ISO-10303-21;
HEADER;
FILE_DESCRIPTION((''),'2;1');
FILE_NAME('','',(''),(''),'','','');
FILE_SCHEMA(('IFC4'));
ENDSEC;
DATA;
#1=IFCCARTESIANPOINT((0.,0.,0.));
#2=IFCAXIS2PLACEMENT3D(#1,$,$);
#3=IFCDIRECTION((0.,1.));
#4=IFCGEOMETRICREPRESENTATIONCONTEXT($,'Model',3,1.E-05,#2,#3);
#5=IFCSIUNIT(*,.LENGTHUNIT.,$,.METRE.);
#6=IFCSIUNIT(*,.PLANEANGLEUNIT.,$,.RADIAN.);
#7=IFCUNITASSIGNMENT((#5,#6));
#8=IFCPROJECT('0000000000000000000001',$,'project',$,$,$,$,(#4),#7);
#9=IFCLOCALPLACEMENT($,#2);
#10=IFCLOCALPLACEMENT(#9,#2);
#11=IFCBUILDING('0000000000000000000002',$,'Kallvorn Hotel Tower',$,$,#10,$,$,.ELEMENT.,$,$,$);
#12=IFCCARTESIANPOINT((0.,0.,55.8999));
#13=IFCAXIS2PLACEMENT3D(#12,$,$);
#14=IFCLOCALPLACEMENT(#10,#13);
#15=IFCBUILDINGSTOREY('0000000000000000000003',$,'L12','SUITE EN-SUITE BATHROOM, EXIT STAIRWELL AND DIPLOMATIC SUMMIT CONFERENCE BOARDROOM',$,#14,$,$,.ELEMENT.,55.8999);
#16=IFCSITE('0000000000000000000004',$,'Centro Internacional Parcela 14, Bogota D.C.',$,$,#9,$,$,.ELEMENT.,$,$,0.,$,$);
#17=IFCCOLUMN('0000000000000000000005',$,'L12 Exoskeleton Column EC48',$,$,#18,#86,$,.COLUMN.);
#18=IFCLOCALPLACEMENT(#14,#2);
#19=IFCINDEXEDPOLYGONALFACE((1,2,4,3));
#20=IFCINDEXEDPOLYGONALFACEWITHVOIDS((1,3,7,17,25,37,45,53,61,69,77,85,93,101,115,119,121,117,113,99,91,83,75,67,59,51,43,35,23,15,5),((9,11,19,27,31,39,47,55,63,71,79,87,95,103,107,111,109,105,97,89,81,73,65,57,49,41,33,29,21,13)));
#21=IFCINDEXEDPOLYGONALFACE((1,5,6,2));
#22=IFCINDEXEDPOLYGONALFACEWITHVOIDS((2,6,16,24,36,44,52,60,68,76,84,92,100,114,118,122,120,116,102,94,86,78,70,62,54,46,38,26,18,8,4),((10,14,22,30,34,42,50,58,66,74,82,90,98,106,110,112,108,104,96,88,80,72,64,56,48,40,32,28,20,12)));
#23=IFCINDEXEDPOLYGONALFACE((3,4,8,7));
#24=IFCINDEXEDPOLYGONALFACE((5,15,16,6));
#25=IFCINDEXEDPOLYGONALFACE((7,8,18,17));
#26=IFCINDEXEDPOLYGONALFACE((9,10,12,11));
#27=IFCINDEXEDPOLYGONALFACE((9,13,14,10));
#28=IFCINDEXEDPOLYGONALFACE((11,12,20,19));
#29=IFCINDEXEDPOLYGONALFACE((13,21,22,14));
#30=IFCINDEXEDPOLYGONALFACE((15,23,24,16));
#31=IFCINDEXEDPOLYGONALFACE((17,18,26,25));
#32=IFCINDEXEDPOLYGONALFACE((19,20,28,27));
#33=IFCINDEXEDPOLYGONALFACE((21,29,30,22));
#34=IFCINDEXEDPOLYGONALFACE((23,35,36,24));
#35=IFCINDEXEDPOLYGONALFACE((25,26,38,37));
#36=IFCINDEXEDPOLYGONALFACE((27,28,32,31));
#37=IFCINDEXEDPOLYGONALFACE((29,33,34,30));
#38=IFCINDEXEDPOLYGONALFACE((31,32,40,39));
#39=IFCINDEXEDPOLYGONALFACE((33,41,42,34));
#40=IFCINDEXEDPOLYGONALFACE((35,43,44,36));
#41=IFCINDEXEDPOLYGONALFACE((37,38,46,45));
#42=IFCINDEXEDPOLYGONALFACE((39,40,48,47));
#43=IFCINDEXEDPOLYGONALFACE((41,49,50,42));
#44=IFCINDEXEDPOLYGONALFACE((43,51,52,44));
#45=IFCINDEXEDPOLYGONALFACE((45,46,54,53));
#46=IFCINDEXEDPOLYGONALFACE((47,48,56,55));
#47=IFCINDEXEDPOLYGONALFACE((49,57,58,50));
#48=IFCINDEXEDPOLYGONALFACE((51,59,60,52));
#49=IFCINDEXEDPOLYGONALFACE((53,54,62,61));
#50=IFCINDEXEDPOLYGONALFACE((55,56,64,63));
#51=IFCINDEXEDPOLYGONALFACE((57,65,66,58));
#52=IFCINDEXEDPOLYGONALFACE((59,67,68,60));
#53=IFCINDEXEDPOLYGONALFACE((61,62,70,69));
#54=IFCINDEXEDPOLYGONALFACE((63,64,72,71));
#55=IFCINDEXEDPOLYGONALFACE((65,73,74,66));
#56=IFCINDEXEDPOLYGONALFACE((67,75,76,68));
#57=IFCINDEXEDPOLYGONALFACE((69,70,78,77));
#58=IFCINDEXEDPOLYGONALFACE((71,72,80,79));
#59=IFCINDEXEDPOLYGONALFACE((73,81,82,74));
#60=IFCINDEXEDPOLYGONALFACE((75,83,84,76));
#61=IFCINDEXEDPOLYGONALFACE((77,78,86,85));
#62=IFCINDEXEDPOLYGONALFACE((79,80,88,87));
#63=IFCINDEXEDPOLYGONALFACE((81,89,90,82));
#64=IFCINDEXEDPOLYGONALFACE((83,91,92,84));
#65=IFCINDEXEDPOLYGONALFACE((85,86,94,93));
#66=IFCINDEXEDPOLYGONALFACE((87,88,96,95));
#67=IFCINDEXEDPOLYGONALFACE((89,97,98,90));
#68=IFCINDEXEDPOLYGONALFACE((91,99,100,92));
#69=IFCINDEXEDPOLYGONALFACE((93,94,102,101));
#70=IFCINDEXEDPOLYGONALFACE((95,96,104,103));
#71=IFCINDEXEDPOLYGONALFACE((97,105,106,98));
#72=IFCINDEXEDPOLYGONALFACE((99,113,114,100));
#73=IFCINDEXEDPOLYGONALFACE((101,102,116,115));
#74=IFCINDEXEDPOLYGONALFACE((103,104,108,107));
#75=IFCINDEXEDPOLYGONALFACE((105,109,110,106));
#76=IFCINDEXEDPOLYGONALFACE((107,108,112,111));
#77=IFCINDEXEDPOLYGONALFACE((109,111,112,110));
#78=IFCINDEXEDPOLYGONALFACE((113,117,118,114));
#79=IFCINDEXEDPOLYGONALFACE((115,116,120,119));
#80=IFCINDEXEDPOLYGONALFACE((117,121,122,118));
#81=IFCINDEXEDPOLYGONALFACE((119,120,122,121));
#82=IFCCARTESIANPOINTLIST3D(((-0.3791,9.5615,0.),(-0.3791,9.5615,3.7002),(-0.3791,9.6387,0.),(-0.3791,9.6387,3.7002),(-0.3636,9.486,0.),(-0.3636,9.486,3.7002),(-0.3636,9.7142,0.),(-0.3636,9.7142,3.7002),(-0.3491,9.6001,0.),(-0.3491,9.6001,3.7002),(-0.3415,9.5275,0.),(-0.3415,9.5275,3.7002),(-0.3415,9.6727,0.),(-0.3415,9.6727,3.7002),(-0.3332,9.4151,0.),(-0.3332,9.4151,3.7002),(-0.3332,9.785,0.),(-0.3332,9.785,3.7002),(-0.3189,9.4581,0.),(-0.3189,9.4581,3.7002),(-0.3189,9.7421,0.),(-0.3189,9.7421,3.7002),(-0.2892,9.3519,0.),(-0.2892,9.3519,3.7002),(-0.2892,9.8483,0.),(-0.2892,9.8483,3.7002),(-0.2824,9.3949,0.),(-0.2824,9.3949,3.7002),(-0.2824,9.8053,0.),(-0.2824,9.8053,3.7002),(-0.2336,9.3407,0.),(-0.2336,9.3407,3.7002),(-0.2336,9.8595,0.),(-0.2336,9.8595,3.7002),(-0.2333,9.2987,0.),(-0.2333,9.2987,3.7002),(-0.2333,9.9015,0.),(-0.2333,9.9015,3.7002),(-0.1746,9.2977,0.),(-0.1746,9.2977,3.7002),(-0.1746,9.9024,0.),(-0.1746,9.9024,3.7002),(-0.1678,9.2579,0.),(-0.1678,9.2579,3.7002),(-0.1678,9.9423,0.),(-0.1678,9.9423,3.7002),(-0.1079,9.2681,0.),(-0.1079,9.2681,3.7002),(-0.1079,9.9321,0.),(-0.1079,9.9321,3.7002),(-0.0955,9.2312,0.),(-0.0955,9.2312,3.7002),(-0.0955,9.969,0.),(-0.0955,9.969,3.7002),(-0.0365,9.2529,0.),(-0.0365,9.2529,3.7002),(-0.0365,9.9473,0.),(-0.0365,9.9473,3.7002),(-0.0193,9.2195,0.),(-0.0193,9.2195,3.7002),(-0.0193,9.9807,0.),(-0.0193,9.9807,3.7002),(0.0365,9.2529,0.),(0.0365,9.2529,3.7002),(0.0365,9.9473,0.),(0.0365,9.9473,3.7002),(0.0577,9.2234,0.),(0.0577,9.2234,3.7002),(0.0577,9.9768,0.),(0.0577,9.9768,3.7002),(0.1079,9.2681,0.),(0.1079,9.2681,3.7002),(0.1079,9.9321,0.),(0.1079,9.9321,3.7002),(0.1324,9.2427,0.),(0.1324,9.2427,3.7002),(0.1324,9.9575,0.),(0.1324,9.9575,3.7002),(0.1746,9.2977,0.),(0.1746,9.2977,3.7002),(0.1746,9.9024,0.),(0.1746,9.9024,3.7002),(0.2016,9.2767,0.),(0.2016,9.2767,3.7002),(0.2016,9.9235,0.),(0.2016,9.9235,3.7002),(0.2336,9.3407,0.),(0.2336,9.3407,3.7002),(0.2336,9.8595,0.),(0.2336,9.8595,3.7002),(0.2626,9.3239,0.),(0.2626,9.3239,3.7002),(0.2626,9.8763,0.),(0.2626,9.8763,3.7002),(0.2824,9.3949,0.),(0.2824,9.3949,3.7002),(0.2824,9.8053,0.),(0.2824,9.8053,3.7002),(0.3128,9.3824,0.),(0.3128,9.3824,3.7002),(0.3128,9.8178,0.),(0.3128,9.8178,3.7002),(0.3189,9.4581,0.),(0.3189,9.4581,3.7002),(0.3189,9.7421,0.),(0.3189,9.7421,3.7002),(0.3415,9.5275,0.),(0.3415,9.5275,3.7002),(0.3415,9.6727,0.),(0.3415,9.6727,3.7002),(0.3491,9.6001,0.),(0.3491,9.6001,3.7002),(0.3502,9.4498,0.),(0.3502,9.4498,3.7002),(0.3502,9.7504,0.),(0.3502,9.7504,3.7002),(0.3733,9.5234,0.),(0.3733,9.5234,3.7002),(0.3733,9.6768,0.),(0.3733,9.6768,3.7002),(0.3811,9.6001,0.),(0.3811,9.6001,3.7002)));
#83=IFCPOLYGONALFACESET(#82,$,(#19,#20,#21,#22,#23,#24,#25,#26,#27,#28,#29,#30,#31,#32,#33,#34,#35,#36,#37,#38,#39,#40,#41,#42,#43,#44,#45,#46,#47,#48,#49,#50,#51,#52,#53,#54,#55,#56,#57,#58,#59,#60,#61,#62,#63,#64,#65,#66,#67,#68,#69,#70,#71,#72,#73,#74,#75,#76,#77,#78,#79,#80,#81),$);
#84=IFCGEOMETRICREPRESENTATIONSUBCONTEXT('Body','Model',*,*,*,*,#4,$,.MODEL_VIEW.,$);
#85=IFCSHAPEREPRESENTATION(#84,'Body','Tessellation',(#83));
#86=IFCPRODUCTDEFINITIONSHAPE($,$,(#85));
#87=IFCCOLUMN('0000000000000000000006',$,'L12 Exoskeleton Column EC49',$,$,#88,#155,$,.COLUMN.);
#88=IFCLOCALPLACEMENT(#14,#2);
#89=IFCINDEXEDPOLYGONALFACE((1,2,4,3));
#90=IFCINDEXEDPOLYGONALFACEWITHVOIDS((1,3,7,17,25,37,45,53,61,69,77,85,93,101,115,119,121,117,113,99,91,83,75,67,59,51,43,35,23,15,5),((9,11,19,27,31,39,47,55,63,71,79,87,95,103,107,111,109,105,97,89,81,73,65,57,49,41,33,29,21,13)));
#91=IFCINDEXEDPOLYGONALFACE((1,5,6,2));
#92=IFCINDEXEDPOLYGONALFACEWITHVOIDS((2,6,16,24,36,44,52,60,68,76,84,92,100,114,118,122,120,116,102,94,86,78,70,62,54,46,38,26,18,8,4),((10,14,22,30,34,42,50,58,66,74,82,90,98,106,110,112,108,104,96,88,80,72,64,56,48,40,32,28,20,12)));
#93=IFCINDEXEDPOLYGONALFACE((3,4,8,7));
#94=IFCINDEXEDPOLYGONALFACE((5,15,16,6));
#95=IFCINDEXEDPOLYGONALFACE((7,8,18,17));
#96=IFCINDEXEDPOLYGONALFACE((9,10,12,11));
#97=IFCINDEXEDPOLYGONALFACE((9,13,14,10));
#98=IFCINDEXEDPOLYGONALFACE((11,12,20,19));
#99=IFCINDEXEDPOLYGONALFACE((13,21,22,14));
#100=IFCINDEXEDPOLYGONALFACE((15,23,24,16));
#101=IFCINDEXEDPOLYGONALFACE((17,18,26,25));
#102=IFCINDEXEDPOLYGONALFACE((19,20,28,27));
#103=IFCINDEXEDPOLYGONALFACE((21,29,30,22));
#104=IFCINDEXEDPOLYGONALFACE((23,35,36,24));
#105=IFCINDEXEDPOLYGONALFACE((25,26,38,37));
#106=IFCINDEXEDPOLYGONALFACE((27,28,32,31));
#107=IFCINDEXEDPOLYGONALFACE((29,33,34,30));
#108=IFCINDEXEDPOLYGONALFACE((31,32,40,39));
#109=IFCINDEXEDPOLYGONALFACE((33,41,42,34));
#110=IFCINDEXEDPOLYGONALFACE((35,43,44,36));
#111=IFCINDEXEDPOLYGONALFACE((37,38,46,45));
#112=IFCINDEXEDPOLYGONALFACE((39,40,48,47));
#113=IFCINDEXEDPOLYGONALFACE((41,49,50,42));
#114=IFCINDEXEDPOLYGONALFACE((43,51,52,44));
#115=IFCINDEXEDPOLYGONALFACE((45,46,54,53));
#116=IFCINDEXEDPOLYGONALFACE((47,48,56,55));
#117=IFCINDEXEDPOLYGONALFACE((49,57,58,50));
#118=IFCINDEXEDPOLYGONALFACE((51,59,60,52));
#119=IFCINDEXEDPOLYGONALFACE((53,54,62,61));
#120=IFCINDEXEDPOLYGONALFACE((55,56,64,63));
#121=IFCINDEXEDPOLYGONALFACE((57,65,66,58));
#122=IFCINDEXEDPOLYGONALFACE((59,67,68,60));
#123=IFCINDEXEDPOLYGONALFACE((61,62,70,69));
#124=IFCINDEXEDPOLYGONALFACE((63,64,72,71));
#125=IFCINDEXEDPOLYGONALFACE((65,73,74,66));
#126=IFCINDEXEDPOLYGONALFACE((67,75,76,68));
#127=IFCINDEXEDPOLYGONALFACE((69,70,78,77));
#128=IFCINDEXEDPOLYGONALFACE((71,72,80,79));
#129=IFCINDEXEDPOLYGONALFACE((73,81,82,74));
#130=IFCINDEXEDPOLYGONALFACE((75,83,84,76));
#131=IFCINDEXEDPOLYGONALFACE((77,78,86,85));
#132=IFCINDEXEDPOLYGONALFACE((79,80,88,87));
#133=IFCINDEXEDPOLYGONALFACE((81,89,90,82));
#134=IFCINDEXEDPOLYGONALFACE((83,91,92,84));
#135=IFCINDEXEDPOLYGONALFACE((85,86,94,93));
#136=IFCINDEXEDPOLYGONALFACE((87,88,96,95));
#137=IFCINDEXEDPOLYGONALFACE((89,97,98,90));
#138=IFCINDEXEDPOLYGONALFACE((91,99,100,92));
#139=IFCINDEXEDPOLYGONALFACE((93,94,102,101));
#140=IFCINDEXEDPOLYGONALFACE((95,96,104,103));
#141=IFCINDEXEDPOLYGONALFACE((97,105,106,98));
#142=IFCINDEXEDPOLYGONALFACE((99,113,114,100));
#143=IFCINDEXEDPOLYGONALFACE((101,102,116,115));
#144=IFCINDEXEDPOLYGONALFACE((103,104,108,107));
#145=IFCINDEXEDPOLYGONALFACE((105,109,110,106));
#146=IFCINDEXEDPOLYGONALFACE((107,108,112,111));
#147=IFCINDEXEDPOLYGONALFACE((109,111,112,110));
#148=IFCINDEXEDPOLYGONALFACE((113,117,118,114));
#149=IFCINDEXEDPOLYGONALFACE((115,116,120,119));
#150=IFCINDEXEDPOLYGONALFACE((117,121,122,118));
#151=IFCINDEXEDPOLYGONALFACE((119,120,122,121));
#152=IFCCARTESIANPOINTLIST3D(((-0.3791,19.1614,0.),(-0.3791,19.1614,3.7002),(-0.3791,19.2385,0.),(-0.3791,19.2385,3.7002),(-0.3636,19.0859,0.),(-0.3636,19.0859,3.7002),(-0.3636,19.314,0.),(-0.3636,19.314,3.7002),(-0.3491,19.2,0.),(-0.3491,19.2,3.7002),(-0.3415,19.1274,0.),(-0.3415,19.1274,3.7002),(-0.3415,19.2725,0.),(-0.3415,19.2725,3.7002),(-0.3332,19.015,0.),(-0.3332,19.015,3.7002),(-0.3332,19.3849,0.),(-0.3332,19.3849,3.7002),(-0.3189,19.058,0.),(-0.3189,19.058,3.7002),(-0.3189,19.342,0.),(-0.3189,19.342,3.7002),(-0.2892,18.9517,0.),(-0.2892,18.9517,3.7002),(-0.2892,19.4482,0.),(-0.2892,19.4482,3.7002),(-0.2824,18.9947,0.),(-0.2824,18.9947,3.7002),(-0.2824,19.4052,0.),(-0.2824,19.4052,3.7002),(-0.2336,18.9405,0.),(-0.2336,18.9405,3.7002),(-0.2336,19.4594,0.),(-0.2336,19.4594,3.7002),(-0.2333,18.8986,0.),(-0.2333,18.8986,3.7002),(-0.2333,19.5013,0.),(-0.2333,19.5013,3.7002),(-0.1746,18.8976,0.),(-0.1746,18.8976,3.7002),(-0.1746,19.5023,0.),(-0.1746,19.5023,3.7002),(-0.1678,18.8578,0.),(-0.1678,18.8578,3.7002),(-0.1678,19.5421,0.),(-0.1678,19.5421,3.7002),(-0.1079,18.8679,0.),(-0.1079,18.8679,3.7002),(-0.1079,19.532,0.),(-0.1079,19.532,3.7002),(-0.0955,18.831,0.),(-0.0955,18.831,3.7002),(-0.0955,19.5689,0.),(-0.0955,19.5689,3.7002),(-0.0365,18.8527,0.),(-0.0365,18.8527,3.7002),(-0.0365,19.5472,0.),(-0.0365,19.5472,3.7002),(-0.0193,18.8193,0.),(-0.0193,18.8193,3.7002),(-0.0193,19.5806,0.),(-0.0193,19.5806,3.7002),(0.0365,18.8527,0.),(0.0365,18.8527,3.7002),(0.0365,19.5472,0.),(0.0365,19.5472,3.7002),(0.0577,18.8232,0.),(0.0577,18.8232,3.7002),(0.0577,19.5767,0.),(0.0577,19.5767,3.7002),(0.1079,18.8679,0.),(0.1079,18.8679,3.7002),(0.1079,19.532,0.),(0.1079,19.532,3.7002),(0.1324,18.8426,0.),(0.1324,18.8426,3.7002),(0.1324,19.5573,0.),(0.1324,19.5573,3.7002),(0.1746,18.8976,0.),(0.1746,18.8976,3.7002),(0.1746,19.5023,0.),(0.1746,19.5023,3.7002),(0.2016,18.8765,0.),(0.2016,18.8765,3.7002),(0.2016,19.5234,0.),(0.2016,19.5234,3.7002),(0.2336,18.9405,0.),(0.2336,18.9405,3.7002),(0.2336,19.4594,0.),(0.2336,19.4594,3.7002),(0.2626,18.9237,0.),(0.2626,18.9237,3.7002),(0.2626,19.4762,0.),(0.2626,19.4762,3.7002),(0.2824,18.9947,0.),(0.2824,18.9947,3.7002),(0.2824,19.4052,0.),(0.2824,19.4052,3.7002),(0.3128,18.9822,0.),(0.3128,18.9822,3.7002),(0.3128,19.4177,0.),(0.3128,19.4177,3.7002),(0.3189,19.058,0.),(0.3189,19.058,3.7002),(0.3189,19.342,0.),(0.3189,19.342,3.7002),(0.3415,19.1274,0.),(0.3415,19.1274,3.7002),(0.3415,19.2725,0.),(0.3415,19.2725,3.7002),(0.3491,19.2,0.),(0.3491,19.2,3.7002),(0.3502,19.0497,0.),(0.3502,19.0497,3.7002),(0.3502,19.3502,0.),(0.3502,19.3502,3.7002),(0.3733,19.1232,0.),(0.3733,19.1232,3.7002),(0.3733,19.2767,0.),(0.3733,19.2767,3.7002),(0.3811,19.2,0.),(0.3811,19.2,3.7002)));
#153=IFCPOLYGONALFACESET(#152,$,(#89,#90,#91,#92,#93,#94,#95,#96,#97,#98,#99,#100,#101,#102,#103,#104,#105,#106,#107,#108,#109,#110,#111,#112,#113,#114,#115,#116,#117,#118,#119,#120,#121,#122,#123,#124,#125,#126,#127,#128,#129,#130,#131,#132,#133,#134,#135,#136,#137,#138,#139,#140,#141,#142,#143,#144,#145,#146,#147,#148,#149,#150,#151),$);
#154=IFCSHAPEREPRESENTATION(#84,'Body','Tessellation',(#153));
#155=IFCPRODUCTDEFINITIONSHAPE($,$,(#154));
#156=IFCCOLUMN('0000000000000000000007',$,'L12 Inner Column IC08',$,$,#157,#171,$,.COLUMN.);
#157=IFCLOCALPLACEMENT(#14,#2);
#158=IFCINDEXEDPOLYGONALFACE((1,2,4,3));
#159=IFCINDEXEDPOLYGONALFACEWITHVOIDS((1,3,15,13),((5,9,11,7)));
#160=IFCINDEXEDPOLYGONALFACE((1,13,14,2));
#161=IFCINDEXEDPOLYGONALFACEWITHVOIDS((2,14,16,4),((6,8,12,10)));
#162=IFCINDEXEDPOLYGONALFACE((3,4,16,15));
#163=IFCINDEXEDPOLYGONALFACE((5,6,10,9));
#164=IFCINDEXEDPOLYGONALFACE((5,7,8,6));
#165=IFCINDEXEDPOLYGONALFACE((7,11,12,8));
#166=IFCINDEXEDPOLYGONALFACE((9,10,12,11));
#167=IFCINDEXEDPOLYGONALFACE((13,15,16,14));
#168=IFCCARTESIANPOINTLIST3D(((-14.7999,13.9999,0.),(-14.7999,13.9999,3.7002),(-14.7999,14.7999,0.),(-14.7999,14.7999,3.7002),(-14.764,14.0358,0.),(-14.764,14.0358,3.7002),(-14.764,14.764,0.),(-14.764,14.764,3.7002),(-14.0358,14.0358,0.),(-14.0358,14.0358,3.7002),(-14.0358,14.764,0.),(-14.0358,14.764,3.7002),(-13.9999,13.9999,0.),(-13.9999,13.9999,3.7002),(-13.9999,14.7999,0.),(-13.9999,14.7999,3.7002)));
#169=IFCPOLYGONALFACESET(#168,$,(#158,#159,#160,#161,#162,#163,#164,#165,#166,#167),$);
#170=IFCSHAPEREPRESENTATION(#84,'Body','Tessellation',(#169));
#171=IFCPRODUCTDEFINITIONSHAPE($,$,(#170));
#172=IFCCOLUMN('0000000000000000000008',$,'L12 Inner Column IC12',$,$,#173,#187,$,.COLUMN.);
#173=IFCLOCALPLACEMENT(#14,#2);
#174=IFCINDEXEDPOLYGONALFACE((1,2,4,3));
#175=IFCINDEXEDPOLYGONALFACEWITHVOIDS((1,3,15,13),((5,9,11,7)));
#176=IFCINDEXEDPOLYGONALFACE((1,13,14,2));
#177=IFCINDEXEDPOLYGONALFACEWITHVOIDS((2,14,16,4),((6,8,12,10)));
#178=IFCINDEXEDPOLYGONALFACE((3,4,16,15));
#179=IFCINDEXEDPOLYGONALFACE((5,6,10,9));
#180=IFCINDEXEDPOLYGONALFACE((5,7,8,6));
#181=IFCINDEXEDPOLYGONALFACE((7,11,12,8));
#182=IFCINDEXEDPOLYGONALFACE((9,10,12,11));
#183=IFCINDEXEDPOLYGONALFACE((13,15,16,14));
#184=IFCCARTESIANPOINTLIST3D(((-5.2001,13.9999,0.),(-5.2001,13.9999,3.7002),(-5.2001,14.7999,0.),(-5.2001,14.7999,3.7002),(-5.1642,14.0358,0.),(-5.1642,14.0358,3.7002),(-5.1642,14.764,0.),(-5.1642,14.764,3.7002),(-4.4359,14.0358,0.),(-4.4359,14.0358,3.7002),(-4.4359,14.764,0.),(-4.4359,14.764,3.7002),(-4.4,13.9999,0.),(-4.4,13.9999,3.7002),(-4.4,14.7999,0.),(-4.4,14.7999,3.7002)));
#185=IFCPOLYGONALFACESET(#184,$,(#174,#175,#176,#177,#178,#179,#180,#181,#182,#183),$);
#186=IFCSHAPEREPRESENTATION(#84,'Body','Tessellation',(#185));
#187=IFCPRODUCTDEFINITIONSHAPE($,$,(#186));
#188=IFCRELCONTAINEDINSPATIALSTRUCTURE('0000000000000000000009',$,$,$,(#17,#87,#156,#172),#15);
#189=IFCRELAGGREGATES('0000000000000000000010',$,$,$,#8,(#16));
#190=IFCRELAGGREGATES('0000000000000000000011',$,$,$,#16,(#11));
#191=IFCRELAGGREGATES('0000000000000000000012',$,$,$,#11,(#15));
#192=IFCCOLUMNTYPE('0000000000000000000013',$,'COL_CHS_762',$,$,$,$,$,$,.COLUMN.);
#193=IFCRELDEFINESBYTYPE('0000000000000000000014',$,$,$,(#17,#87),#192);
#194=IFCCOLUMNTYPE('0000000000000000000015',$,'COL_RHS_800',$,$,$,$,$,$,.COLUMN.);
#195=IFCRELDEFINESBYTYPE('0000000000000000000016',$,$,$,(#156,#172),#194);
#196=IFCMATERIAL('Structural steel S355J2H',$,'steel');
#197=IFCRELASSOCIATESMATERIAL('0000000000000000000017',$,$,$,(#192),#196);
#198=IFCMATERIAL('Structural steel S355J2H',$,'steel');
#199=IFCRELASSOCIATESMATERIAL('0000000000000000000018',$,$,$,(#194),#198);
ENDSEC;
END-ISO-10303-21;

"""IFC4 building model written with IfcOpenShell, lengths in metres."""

from ifc_helpers import new_model, si_unit, direction, frame, origin, origin_2d, place, context, subcontext, project, spatial, hollow_rectangle, hollow_circle, extrude, material, material_profile, profile_set, type_object, element, save


model = new_model("IFC4")

# Units and contexts
model_context = context("Model", 3, precision=1e-05, world=origin(), true_north=direction((0.0, 1.0)))
body_context = subcontext(model_context, "Body", "Model", "MODEL_VIEW")
ifc_project = project(units=[si_unit("LENGTHUNIT", "METRE"), si_unit("PLANEANGLEUNIT", "RADIAN")], contexts=[model_context])

# Site, building, storey
site_placement = place(None, origin())
site = spatial("IfcSite", under=ifc_project, at=site_placement, Name="Centro Internacional Parcela 14, Bogota D.C.", CompositionType="ELEMENT", RefElevation=0.0)
building_placement = place(site_placement, origin())
building = spatial("IfcBuilding", under=site, at=building_placement, Name="Kallvorn Hotel Tower", CompositionType="ELEMENT")
storey_placement = place(building_placement, frame((0.0, 0.0, 55.8999)))
storey = spatial("IfcBuildingStorey", under=building, at=storey_placement, Name="L12", Description="SUITE EN-SUITE BATHROOM, EXIT STAIRWELL AND DIPLOMATIC SUMMIT CONFERENCE BOARDROOM", CompositionType="ELEMENT", Elevation=55.8999)

# Columns
ifc_material_1 = material(Name="Structural steel S355J2H", Category="steel")
ifc_material_profile_1 = material_profile(ifc_material_1, hollow_circle(Radius=0.3811, WallThickness=0.032, at=origin_2d()), Name="CHS 762x32")
ifc_profile_set_1 = profile_set([ifc_material_profile_1], Name="Structural steel S355J2H")
column_type_1 = type_object("IfcColumnType", Name="COL_CHS_762", PredefinedType="COLUMN", material=ifc_profile_set_1)
for number, where, z_axis, x_axis, name in (
    (1, (0.0, 9.6001, 0.0), (0.0, 0.0, 1.0), (1.0, 0.0, 0.0), "L12 Exoskeleton Column EC48"),
    (2, (0.0, 19.2, 0.0), (0.0, 0.0, 1.0), (1.0, 0.0, 0.0), "L12 Exoskeleton Column EC49"),
):
    element("IfcColumn", number, at=place(storey_placement, frame(where, z_axis=z_axis, x_axis=x_axis)), inside=storey, type_object=column_type_1, Name=name, PredefinedType="COLUMN", context=body_context, shape_type="SweptSolid", body=[
        extrude(hollow_circle(Radius=0.3811, WallThickness=0.032, at=origin_2d()), origin(), (0.0, 0.0, 1.0), 3.7002),
    ])
ifc_material_2 = material(Name="Structural steel S355J2H", Category="steel")
ifc_material_profile_2 = material_profile(ifc_material_2, hollow_rectangle(XDim=0.8, YDim=0.8, WallThickness=0.0359, at=origin_2d()), Name="RHS 800x800x36")
ifc_profile_set_2 = profile_set([ifc_material_profile_2], Name="Structural steel S355J2H")
column_type_2 = type_object("IfcColumnType", Name="COL_RHS_800", PredefinedType="COLUMN", material=ifc_profile_set_2)
for number, where, z_axis, x_axis, name in (
    (3, (-14.3999, 14.3999, 0.0), (0.0, 0.0, 1.0), (1.0, 0.0, 0.0), "L12 Inner Column IC08"),
    (4, (-4.8, 14.3999, 0.0), (0.0, 0.0, 1.0), (1.0, 0.0, 0.0), "L12 Inner Column IC12"),
):
    element("IfcColumn", number, at=place(storey_placement, frame(where, z_axis=z_axis, x_axis=x_axis)), inside=storey, type_object=column_type_2, Name=name, PredefinedType="COLUMN", context=body_context, shape_type="SweptSolid", body=[
        extrude(hollow_rectangle(XDim=0.8, YDim=0.8, WallThickness=0.0359, at=origin_2d()), origin(), (0.0, 0.0, 1.0), 3.7002),
    ])

save(model, "model.ifc")
